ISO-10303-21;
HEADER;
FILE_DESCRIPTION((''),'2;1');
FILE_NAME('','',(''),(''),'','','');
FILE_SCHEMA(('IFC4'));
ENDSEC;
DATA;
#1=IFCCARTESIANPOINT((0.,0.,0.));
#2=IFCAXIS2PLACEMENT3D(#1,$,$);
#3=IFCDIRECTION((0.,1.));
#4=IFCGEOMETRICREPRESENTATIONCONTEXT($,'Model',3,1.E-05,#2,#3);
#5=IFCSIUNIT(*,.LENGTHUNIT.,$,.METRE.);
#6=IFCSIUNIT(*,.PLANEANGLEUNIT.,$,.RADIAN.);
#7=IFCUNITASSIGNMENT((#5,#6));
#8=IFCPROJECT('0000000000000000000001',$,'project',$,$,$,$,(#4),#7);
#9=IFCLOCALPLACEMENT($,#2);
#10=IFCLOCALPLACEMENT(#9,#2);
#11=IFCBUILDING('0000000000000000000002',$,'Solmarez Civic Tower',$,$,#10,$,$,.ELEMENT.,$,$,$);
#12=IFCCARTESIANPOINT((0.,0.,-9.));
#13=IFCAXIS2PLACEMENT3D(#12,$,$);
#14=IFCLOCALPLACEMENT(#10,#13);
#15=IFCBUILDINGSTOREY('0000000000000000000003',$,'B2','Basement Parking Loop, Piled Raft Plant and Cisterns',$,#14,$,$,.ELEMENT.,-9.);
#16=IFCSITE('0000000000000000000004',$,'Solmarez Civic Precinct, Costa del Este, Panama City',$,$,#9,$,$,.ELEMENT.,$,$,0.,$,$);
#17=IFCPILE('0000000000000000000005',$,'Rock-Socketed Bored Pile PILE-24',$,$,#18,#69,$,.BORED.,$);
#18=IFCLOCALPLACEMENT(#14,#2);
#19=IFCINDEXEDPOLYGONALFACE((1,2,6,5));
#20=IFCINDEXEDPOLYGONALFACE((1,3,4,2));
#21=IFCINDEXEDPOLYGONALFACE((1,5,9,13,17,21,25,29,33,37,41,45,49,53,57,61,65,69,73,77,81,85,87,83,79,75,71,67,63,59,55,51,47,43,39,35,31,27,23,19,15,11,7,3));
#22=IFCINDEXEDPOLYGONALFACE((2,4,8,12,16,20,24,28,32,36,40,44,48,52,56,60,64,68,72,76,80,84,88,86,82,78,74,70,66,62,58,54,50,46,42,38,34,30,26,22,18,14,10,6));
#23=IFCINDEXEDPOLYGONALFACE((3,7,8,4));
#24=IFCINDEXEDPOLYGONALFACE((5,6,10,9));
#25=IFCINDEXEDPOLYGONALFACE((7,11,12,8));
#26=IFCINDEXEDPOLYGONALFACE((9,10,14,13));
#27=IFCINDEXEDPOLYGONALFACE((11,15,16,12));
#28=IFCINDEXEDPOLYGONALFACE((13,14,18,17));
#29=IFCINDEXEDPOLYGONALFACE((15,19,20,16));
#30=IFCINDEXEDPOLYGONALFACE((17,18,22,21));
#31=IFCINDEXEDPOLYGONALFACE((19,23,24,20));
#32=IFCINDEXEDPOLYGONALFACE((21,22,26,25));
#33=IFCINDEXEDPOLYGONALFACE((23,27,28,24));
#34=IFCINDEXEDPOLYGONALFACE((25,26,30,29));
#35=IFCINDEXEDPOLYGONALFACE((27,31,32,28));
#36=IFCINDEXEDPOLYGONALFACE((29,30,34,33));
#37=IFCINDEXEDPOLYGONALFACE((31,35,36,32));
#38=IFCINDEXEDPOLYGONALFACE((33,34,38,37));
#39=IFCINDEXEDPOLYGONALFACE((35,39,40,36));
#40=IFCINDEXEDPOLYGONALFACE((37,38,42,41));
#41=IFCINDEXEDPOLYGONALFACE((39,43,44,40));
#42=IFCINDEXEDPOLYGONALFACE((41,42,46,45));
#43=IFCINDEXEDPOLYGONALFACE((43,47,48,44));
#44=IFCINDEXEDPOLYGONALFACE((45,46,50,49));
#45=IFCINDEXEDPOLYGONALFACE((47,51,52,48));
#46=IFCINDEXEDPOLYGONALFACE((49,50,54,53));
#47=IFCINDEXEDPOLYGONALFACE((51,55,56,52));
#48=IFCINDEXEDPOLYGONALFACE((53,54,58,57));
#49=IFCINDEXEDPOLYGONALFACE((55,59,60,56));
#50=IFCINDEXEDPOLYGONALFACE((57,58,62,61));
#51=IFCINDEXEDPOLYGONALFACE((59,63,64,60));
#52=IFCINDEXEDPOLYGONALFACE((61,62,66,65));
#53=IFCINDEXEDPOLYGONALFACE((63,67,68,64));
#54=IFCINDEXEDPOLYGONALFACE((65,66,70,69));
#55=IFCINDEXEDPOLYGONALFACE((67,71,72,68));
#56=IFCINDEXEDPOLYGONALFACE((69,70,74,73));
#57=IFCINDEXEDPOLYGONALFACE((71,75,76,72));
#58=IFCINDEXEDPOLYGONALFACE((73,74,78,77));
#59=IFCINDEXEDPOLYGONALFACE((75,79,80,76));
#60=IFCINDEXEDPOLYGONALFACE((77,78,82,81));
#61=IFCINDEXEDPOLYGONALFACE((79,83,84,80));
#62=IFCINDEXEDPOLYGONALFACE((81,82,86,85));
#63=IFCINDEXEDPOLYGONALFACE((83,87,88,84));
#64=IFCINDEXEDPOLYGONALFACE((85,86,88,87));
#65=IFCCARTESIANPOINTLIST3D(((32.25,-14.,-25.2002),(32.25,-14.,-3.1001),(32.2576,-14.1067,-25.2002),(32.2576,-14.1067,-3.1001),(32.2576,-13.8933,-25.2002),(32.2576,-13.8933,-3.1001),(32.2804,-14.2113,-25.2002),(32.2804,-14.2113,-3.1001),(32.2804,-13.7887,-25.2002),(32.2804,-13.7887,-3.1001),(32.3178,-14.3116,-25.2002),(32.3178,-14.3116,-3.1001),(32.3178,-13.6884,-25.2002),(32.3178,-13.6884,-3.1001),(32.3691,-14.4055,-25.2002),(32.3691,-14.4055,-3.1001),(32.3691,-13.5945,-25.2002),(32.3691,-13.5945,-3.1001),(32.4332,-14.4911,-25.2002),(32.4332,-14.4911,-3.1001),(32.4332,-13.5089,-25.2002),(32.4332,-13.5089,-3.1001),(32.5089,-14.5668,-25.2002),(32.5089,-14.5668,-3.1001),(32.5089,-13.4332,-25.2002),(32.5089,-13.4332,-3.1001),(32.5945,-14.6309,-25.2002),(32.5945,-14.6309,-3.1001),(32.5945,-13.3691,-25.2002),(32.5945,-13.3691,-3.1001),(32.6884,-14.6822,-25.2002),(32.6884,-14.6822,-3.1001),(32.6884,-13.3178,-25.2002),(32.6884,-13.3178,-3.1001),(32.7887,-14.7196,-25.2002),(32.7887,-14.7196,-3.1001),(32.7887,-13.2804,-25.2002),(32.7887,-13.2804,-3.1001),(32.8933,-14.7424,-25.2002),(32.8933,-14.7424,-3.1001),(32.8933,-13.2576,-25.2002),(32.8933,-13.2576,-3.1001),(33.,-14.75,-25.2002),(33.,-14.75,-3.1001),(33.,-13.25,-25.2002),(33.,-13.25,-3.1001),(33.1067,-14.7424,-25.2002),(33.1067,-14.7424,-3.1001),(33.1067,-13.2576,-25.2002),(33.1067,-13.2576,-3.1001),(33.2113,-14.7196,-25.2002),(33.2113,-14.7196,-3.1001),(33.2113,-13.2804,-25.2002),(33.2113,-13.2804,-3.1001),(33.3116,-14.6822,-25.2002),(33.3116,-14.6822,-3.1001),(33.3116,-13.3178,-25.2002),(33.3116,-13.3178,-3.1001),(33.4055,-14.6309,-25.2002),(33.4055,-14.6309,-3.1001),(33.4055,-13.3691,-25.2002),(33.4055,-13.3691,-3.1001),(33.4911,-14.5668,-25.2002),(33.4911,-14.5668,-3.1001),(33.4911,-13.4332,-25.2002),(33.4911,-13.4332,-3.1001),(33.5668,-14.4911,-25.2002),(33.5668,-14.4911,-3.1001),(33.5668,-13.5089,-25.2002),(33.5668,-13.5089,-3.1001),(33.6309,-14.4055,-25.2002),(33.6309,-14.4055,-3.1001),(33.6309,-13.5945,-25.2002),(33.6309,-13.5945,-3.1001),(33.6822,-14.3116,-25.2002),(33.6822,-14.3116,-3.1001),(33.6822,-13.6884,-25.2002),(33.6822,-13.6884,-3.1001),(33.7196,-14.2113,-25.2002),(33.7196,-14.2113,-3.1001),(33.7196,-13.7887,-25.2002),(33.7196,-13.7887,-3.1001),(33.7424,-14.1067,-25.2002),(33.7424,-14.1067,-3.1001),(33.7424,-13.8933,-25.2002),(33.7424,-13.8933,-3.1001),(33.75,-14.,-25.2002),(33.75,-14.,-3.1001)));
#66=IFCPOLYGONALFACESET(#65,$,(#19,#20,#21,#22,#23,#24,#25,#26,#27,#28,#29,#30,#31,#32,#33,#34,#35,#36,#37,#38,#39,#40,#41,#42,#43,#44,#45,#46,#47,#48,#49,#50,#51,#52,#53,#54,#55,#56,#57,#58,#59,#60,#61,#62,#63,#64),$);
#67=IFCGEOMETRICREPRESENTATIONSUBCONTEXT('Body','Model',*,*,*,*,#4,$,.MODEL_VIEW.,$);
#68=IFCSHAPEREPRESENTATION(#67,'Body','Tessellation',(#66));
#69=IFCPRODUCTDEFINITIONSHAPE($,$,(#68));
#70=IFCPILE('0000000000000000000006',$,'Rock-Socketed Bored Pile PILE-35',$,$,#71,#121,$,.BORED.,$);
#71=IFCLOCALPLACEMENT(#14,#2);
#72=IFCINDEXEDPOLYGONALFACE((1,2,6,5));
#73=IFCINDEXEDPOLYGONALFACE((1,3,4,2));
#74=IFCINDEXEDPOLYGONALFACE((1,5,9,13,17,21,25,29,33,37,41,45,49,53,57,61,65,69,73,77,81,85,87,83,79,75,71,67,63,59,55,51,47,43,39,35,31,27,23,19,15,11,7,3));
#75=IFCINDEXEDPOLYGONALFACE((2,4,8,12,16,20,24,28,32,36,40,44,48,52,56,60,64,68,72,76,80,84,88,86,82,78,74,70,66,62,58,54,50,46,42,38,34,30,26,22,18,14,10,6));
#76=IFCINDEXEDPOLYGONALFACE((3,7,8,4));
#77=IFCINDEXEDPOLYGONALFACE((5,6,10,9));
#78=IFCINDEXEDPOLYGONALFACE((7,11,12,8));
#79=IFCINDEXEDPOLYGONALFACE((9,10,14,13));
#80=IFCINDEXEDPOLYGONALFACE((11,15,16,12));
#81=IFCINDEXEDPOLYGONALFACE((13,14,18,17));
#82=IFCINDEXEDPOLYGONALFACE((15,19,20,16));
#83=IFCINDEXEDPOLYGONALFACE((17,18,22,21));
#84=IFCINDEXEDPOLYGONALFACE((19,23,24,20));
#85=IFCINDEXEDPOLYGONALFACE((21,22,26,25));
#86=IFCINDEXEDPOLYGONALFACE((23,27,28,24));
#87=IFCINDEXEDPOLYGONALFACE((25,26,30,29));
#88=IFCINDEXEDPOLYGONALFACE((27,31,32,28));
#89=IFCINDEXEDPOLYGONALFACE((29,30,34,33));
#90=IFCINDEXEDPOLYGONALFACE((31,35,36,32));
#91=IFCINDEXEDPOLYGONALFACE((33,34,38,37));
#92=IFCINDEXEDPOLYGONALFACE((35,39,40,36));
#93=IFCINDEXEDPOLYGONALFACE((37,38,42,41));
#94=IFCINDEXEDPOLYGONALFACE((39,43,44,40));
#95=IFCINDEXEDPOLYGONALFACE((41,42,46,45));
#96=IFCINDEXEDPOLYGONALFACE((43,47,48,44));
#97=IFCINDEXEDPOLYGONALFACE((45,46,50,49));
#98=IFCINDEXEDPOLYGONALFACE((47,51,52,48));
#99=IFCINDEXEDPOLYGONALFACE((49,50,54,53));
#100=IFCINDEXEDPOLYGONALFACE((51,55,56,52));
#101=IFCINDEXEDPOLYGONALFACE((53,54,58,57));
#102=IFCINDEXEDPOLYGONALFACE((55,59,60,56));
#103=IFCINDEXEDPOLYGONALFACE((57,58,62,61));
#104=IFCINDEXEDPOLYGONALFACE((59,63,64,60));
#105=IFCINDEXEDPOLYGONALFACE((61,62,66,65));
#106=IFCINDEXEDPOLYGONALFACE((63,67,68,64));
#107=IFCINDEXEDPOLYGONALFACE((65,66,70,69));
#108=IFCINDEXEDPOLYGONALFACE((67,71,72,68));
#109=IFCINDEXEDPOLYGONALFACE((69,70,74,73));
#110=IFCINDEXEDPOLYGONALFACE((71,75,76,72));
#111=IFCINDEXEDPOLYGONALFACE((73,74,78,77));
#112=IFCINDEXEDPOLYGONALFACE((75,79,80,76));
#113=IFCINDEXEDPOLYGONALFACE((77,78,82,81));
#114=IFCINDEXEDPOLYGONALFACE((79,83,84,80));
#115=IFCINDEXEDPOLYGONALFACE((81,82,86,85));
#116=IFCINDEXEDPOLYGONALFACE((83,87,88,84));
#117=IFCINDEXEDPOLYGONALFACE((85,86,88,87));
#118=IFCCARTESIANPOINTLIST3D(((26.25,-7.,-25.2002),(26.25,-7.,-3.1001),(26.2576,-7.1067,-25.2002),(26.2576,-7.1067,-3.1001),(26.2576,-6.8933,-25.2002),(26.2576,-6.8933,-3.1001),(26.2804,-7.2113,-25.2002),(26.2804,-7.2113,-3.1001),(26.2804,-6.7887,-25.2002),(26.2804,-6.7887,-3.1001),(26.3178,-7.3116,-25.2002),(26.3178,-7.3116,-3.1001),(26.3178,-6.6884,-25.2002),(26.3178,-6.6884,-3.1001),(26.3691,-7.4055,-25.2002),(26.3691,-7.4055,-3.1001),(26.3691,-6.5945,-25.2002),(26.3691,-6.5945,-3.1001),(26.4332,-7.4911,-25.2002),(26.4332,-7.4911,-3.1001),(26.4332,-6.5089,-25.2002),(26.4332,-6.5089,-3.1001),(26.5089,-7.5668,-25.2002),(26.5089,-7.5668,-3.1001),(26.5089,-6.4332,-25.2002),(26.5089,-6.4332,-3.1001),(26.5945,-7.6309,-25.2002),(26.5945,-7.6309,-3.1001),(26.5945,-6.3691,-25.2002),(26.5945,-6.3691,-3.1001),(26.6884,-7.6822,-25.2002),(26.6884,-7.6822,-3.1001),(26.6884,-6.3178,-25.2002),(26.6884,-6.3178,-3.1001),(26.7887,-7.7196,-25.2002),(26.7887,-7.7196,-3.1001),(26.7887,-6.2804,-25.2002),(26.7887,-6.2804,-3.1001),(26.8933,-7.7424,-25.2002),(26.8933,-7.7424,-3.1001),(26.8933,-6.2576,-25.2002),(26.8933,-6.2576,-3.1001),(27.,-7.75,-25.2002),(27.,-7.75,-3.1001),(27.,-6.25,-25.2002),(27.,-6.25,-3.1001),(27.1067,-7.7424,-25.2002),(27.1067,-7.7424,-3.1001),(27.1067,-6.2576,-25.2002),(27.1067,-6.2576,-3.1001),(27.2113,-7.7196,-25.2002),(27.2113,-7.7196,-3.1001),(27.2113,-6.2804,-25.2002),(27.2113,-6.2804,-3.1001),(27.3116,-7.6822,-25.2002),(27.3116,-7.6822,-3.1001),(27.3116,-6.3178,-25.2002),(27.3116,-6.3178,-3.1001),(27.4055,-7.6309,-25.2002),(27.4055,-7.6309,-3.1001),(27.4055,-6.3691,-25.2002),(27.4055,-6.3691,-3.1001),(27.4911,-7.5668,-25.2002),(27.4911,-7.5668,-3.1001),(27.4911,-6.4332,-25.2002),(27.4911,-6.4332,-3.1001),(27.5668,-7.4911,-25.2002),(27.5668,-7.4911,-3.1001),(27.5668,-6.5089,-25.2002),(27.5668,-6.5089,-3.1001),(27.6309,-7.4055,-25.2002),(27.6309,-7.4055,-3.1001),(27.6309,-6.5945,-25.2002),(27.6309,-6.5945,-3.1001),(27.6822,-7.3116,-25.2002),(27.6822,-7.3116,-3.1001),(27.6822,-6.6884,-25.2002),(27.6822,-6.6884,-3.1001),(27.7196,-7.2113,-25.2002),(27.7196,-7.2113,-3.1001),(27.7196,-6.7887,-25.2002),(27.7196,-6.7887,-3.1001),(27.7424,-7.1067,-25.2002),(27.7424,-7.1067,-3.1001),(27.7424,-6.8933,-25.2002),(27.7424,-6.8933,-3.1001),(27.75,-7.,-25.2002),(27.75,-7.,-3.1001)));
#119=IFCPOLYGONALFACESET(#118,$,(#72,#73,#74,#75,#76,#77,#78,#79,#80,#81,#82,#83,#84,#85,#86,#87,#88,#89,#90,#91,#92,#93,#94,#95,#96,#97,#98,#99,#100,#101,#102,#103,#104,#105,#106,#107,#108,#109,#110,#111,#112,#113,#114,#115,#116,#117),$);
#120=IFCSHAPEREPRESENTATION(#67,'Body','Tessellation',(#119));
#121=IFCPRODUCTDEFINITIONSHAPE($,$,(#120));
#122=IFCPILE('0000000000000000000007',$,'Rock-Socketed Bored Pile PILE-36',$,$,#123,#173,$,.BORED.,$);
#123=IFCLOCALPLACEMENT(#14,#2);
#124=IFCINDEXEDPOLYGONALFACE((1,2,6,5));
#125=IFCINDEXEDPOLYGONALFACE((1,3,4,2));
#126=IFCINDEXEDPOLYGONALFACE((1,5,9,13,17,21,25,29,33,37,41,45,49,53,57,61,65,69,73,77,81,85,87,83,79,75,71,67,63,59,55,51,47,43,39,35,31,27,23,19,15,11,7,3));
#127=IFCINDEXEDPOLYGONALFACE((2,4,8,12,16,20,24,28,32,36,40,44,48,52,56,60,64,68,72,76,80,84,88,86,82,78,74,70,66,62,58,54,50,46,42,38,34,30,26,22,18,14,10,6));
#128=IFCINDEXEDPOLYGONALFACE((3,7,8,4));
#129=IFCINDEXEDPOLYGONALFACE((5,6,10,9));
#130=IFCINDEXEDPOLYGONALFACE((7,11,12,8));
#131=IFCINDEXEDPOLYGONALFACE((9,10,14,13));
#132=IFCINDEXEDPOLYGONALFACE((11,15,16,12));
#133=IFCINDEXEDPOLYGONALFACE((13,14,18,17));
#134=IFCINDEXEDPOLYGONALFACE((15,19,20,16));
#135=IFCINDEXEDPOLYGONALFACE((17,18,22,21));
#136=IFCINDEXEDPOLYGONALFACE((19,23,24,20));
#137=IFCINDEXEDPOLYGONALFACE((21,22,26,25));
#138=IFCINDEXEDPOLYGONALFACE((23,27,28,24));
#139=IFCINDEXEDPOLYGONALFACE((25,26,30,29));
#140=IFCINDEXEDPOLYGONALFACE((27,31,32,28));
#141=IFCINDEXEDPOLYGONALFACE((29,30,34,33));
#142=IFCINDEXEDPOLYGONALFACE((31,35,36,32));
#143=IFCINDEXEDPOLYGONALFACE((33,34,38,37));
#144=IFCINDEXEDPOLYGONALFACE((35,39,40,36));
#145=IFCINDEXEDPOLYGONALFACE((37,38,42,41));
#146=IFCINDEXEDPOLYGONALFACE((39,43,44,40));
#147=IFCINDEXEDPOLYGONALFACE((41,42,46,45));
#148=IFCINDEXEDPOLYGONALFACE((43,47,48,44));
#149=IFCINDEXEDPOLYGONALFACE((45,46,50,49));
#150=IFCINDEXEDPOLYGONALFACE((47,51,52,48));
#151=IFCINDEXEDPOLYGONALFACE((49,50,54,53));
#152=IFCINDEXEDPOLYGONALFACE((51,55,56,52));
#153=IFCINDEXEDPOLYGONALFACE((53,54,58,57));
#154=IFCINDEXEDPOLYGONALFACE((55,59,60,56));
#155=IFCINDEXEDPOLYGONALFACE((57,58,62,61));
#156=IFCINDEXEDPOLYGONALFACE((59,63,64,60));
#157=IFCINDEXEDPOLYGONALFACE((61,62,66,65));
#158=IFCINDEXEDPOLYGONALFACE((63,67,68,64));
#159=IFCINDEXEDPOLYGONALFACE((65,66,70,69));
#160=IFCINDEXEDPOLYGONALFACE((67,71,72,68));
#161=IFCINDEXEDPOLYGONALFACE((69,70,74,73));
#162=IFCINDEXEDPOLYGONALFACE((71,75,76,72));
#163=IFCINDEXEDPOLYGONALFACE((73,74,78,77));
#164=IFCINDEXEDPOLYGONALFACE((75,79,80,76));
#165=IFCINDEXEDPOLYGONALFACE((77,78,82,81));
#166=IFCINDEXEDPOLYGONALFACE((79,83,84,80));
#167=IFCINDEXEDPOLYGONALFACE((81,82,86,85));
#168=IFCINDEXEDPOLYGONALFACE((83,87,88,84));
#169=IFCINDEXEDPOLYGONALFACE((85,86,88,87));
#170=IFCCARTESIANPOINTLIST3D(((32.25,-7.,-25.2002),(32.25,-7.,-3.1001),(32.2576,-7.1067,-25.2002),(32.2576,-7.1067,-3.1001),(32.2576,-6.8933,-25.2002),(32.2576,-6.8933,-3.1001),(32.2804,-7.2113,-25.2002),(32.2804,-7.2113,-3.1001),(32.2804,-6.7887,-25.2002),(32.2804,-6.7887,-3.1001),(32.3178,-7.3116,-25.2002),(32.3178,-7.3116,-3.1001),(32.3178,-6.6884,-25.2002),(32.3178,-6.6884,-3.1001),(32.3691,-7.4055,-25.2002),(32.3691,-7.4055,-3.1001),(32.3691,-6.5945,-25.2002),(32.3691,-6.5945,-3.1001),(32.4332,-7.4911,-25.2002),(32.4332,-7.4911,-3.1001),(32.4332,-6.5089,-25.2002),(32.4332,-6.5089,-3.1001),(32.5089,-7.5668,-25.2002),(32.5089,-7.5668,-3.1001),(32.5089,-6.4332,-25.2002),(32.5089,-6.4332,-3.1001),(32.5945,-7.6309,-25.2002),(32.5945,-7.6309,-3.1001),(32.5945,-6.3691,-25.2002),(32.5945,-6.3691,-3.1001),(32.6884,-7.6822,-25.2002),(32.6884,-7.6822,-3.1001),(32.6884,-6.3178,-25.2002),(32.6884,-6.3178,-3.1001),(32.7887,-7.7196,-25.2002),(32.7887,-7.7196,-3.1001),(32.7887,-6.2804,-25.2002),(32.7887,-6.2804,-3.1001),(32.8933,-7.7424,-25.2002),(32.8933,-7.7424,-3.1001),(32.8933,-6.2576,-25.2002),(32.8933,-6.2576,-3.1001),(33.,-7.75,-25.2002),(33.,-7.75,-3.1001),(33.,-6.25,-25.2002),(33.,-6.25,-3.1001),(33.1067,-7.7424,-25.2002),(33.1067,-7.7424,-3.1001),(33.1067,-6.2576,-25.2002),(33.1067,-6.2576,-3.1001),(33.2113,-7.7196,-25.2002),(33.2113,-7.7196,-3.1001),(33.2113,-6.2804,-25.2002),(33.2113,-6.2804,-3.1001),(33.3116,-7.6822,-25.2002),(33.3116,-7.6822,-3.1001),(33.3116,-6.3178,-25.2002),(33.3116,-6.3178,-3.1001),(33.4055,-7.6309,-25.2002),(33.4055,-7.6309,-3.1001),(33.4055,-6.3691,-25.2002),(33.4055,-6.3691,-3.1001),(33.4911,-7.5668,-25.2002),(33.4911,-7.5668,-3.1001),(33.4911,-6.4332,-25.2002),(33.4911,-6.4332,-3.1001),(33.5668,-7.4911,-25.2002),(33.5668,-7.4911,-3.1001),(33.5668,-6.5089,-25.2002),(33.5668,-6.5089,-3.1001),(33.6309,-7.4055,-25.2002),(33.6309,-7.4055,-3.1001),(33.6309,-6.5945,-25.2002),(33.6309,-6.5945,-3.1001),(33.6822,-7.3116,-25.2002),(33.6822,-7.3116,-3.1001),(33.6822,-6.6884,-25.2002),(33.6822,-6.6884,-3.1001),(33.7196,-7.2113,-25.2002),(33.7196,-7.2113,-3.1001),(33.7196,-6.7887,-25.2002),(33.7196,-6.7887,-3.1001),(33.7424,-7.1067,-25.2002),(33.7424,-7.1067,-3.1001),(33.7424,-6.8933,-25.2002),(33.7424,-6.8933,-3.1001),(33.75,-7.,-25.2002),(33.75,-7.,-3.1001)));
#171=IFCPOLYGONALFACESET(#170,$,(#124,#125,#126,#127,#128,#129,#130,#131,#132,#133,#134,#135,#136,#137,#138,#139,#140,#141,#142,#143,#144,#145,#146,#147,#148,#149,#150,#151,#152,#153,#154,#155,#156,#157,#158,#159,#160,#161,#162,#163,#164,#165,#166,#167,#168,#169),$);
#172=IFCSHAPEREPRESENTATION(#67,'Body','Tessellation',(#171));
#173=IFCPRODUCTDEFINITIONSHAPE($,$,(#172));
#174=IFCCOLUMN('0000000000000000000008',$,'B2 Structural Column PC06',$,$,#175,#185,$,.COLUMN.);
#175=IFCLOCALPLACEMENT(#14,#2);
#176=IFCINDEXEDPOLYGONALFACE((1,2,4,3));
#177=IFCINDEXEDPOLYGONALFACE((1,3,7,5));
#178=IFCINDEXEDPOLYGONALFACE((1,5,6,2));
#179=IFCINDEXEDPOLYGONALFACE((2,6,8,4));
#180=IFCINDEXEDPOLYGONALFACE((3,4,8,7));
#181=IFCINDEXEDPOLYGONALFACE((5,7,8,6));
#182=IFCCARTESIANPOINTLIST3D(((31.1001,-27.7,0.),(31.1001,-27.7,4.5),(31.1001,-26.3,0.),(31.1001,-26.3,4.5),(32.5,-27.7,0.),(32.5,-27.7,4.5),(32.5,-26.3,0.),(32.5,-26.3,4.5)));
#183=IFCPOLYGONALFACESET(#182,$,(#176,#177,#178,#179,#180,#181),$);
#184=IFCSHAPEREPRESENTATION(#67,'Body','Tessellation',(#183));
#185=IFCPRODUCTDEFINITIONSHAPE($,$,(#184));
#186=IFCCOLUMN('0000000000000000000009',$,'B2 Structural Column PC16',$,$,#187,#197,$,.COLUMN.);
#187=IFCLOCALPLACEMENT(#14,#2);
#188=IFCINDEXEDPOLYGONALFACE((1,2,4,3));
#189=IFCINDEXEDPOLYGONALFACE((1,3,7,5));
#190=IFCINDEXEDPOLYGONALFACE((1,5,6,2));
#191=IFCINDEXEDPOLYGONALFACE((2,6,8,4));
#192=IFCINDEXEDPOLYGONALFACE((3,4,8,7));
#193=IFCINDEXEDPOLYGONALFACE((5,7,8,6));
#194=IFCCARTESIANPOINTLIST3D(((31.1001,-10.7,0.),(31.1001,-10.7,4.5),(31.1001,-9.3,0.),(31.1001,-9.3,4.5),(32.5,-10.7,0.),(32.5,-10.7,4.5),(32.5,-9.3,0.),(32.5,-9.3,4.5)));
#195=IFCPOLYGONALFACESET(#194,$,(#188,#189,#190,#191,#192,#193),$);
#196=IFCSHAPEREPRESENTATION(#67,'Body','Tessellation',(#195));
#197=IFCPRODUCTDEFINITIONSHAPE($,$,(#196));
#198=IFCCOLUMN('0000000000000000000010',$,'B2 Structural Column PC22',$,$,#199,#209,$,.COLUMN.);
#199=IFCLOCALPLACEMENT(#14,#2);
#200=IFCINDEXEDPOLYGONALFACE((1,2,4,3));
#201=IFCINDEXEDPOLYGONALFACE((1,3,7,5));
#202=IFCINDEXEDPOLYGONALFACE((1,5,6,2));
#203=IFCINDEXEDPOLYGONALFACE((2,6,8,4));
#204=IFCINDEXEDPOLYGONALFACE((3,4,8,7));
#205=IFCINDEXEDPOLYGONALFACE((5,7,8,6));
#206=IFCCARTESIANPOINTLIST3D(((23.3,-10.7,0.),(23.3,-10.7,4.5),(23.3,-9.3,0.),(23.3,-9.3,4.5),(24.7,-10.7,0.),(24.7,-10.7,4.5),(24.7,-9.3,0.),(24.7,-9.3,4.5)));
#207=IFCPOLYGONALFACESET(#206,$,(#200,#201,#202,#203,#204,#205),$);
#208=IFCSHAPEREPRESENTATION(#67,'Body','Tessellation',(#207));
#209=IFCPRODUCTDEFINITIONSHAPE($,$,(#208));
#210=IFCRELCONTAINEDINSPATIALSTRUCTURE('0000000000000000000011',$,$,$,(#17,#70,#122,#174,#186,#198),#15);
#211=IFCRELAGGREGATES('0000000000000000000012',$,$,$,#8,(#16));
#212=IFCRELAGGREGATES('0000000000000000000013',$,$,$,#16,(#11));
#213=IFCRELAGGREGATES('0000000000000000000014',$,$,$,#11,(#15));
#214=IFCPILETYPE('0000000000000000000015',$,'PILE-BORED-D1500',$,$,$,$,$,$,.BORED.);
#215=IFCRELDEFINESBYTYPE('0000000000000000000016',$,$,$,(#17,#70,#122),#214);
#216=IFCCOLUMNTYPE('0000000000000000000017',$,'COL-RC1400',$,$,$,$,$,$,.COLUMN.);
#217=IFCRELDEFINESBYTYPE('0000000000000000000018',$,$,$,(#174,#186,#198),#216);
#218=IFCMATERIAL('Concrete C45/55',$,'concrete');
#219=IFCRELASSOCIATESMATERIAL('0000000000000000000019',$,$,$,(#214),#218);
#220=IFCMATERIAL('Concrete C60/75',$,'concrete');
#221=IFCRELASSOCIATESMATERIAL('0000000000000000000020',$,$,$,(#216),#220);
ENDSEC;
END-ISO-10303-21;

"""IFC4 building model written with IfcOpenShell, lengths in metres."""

from ifc_helpers import new_model, si_unit, direction, frame, origin, origin_2d, place, context, subcontext, project, spatial, rectangle, circle, extrude, material, material_profile, profile_set, type_object, element, save


model = new_model("IFC4")

# Units and contexts
model_context = context("Model", 3, precision=1e-05, world=origin(), true_north=direction((0.0, 1.0)))
body_context = subcontext(model_context, "Body", "Model", "MODEL_VIEW")
ifc_project = project(units=[si_unit("LENGTHUNIT", "METRE"), si_unit("PLANEANGLEUNIT", "RADIAN")], contexts=[model_context])

# Site, building, storey
site_placement = place(None, origin())
site = spatial("IfcSite", under=ifc_project, at=site_placement, Name="Solmarez Civic Precinct, Costa del Este, Panama City", CompositionType="ELEMENT", RefElevation=0.0)
building_placement = place(site_placement, origin())
building = spatial("IfcBuilding", under=site, at=building_placement, Name="Solmarez Civic Tower", CompositionType="ELEMENT")
storey_placement = place(building_placement, frame((0.0, 0.0, -9.0)))
storey = spatial("IfcBuildingStorey", under=building, at=storey_placement, Name="B2", Description="Basement Parking Loop, Piled Raft Plant and Cisterns", CompositionType="ELEMENT", Elevation=-9.0)

# Piles
ifc_material_1 = material(Name="Concrete C45/55", Category="concrete")
ifc_material_profile_1 = material_profile(ifc_material_1, circle(Radius=0.75, at=origin_2d()), Name="PILE-D1500")
ifc_profile_set_1 = profile_set([ifc_material_profile_1], Name="Concrete C45/55")
pile_type = type_object("IfcPileType", Name="PILE-BORED-D1500", PredefinedType="BORED", material=ifc_profile_set_1)
for number, where, z_axis, x_axis, name in (
    (1, (33.0, -14.0, -3.1001), (0.0, 0.0, -1.0), (1.0, 0.0, 0.0), "Rock-Socketed Bored Pile PILE-24"),
    (2, (27.0, -7.0, -3.1001), (0.0, 0.0, -1.0), (1.0, 0.0, 0.0), "Rock-Socketed Bored Pile PILE-35"),
    (3, (33.0, -7.0, -3.1001), (0.0, 0.0, -1.0), (1.0, 0.0, 0.0), "Rock-Socketed Bored Pile PILE-36"),
):
    element("IfcPile", number, at=place(storey_placement, frame(where, z_axis=z_axis, x_axis=x_axis)), inside=storey, type_object=pile_type, Name=name, PredefinedType="BORED", context=body_context, shape_type="SweptSolid", body=[
        extrude(circle(Radius=0.75, at=origin_2d()), origin(), (0.0, 0.0, 1.0), 22.1001),
    ])

# Columns
ifc_material_2 = material(Name="Concrete C60/75", Category="concrete")
ifc_material_profile_2 = material_profile(ifc_material_2, rectangle(XDim=1.3999, YDim=1.3999, at=origin_2d()), Name="RC1400X1400")
ifc_profile_set_2 = profile_set([ifc_material_profile_2], Name="Concrete C60/75")
column_type = type_object("IfcColumnType", Name="COL-RC1400", PredefinedType="COLUMN", material=ifc_profile_set_2)
for number, where, z_axis, x_axis, name in (
    (4, (31.8, -27.0, 0.0), (0.0, 0.0, 1.0), (1.0, 0.0, 0.0), "B2 Structural Column PC06"),
    (5, (31.8, -10.0, 0.0), (0.0, 0.0, 1.0), (1.0, 0.0, 0.0), "B2 Structural Column PC16"),
    (6, (24.0, -10.0, 0.0), (0.0, 0.0, 1.0), (1.0, 0.0, 0.0), "B2 Structural Column PC22"),
):
    element("IfcColumn", number, at=place(storey_placement, frame(where, z_axis=z_axis, x_axis=x_axis)), inside=storey, type_object=column_type, Name=name, PredefinedType="COLUMN", context=body_context, shape_type="SweptSolid", body=[
        extrude(rectangle(XDim=1.3999, YDim=1.3999, at=origin_2d()), origin(), (0.0, 0.0, 1.0), 4.5),
    ])

save(model, "model.ifc")
